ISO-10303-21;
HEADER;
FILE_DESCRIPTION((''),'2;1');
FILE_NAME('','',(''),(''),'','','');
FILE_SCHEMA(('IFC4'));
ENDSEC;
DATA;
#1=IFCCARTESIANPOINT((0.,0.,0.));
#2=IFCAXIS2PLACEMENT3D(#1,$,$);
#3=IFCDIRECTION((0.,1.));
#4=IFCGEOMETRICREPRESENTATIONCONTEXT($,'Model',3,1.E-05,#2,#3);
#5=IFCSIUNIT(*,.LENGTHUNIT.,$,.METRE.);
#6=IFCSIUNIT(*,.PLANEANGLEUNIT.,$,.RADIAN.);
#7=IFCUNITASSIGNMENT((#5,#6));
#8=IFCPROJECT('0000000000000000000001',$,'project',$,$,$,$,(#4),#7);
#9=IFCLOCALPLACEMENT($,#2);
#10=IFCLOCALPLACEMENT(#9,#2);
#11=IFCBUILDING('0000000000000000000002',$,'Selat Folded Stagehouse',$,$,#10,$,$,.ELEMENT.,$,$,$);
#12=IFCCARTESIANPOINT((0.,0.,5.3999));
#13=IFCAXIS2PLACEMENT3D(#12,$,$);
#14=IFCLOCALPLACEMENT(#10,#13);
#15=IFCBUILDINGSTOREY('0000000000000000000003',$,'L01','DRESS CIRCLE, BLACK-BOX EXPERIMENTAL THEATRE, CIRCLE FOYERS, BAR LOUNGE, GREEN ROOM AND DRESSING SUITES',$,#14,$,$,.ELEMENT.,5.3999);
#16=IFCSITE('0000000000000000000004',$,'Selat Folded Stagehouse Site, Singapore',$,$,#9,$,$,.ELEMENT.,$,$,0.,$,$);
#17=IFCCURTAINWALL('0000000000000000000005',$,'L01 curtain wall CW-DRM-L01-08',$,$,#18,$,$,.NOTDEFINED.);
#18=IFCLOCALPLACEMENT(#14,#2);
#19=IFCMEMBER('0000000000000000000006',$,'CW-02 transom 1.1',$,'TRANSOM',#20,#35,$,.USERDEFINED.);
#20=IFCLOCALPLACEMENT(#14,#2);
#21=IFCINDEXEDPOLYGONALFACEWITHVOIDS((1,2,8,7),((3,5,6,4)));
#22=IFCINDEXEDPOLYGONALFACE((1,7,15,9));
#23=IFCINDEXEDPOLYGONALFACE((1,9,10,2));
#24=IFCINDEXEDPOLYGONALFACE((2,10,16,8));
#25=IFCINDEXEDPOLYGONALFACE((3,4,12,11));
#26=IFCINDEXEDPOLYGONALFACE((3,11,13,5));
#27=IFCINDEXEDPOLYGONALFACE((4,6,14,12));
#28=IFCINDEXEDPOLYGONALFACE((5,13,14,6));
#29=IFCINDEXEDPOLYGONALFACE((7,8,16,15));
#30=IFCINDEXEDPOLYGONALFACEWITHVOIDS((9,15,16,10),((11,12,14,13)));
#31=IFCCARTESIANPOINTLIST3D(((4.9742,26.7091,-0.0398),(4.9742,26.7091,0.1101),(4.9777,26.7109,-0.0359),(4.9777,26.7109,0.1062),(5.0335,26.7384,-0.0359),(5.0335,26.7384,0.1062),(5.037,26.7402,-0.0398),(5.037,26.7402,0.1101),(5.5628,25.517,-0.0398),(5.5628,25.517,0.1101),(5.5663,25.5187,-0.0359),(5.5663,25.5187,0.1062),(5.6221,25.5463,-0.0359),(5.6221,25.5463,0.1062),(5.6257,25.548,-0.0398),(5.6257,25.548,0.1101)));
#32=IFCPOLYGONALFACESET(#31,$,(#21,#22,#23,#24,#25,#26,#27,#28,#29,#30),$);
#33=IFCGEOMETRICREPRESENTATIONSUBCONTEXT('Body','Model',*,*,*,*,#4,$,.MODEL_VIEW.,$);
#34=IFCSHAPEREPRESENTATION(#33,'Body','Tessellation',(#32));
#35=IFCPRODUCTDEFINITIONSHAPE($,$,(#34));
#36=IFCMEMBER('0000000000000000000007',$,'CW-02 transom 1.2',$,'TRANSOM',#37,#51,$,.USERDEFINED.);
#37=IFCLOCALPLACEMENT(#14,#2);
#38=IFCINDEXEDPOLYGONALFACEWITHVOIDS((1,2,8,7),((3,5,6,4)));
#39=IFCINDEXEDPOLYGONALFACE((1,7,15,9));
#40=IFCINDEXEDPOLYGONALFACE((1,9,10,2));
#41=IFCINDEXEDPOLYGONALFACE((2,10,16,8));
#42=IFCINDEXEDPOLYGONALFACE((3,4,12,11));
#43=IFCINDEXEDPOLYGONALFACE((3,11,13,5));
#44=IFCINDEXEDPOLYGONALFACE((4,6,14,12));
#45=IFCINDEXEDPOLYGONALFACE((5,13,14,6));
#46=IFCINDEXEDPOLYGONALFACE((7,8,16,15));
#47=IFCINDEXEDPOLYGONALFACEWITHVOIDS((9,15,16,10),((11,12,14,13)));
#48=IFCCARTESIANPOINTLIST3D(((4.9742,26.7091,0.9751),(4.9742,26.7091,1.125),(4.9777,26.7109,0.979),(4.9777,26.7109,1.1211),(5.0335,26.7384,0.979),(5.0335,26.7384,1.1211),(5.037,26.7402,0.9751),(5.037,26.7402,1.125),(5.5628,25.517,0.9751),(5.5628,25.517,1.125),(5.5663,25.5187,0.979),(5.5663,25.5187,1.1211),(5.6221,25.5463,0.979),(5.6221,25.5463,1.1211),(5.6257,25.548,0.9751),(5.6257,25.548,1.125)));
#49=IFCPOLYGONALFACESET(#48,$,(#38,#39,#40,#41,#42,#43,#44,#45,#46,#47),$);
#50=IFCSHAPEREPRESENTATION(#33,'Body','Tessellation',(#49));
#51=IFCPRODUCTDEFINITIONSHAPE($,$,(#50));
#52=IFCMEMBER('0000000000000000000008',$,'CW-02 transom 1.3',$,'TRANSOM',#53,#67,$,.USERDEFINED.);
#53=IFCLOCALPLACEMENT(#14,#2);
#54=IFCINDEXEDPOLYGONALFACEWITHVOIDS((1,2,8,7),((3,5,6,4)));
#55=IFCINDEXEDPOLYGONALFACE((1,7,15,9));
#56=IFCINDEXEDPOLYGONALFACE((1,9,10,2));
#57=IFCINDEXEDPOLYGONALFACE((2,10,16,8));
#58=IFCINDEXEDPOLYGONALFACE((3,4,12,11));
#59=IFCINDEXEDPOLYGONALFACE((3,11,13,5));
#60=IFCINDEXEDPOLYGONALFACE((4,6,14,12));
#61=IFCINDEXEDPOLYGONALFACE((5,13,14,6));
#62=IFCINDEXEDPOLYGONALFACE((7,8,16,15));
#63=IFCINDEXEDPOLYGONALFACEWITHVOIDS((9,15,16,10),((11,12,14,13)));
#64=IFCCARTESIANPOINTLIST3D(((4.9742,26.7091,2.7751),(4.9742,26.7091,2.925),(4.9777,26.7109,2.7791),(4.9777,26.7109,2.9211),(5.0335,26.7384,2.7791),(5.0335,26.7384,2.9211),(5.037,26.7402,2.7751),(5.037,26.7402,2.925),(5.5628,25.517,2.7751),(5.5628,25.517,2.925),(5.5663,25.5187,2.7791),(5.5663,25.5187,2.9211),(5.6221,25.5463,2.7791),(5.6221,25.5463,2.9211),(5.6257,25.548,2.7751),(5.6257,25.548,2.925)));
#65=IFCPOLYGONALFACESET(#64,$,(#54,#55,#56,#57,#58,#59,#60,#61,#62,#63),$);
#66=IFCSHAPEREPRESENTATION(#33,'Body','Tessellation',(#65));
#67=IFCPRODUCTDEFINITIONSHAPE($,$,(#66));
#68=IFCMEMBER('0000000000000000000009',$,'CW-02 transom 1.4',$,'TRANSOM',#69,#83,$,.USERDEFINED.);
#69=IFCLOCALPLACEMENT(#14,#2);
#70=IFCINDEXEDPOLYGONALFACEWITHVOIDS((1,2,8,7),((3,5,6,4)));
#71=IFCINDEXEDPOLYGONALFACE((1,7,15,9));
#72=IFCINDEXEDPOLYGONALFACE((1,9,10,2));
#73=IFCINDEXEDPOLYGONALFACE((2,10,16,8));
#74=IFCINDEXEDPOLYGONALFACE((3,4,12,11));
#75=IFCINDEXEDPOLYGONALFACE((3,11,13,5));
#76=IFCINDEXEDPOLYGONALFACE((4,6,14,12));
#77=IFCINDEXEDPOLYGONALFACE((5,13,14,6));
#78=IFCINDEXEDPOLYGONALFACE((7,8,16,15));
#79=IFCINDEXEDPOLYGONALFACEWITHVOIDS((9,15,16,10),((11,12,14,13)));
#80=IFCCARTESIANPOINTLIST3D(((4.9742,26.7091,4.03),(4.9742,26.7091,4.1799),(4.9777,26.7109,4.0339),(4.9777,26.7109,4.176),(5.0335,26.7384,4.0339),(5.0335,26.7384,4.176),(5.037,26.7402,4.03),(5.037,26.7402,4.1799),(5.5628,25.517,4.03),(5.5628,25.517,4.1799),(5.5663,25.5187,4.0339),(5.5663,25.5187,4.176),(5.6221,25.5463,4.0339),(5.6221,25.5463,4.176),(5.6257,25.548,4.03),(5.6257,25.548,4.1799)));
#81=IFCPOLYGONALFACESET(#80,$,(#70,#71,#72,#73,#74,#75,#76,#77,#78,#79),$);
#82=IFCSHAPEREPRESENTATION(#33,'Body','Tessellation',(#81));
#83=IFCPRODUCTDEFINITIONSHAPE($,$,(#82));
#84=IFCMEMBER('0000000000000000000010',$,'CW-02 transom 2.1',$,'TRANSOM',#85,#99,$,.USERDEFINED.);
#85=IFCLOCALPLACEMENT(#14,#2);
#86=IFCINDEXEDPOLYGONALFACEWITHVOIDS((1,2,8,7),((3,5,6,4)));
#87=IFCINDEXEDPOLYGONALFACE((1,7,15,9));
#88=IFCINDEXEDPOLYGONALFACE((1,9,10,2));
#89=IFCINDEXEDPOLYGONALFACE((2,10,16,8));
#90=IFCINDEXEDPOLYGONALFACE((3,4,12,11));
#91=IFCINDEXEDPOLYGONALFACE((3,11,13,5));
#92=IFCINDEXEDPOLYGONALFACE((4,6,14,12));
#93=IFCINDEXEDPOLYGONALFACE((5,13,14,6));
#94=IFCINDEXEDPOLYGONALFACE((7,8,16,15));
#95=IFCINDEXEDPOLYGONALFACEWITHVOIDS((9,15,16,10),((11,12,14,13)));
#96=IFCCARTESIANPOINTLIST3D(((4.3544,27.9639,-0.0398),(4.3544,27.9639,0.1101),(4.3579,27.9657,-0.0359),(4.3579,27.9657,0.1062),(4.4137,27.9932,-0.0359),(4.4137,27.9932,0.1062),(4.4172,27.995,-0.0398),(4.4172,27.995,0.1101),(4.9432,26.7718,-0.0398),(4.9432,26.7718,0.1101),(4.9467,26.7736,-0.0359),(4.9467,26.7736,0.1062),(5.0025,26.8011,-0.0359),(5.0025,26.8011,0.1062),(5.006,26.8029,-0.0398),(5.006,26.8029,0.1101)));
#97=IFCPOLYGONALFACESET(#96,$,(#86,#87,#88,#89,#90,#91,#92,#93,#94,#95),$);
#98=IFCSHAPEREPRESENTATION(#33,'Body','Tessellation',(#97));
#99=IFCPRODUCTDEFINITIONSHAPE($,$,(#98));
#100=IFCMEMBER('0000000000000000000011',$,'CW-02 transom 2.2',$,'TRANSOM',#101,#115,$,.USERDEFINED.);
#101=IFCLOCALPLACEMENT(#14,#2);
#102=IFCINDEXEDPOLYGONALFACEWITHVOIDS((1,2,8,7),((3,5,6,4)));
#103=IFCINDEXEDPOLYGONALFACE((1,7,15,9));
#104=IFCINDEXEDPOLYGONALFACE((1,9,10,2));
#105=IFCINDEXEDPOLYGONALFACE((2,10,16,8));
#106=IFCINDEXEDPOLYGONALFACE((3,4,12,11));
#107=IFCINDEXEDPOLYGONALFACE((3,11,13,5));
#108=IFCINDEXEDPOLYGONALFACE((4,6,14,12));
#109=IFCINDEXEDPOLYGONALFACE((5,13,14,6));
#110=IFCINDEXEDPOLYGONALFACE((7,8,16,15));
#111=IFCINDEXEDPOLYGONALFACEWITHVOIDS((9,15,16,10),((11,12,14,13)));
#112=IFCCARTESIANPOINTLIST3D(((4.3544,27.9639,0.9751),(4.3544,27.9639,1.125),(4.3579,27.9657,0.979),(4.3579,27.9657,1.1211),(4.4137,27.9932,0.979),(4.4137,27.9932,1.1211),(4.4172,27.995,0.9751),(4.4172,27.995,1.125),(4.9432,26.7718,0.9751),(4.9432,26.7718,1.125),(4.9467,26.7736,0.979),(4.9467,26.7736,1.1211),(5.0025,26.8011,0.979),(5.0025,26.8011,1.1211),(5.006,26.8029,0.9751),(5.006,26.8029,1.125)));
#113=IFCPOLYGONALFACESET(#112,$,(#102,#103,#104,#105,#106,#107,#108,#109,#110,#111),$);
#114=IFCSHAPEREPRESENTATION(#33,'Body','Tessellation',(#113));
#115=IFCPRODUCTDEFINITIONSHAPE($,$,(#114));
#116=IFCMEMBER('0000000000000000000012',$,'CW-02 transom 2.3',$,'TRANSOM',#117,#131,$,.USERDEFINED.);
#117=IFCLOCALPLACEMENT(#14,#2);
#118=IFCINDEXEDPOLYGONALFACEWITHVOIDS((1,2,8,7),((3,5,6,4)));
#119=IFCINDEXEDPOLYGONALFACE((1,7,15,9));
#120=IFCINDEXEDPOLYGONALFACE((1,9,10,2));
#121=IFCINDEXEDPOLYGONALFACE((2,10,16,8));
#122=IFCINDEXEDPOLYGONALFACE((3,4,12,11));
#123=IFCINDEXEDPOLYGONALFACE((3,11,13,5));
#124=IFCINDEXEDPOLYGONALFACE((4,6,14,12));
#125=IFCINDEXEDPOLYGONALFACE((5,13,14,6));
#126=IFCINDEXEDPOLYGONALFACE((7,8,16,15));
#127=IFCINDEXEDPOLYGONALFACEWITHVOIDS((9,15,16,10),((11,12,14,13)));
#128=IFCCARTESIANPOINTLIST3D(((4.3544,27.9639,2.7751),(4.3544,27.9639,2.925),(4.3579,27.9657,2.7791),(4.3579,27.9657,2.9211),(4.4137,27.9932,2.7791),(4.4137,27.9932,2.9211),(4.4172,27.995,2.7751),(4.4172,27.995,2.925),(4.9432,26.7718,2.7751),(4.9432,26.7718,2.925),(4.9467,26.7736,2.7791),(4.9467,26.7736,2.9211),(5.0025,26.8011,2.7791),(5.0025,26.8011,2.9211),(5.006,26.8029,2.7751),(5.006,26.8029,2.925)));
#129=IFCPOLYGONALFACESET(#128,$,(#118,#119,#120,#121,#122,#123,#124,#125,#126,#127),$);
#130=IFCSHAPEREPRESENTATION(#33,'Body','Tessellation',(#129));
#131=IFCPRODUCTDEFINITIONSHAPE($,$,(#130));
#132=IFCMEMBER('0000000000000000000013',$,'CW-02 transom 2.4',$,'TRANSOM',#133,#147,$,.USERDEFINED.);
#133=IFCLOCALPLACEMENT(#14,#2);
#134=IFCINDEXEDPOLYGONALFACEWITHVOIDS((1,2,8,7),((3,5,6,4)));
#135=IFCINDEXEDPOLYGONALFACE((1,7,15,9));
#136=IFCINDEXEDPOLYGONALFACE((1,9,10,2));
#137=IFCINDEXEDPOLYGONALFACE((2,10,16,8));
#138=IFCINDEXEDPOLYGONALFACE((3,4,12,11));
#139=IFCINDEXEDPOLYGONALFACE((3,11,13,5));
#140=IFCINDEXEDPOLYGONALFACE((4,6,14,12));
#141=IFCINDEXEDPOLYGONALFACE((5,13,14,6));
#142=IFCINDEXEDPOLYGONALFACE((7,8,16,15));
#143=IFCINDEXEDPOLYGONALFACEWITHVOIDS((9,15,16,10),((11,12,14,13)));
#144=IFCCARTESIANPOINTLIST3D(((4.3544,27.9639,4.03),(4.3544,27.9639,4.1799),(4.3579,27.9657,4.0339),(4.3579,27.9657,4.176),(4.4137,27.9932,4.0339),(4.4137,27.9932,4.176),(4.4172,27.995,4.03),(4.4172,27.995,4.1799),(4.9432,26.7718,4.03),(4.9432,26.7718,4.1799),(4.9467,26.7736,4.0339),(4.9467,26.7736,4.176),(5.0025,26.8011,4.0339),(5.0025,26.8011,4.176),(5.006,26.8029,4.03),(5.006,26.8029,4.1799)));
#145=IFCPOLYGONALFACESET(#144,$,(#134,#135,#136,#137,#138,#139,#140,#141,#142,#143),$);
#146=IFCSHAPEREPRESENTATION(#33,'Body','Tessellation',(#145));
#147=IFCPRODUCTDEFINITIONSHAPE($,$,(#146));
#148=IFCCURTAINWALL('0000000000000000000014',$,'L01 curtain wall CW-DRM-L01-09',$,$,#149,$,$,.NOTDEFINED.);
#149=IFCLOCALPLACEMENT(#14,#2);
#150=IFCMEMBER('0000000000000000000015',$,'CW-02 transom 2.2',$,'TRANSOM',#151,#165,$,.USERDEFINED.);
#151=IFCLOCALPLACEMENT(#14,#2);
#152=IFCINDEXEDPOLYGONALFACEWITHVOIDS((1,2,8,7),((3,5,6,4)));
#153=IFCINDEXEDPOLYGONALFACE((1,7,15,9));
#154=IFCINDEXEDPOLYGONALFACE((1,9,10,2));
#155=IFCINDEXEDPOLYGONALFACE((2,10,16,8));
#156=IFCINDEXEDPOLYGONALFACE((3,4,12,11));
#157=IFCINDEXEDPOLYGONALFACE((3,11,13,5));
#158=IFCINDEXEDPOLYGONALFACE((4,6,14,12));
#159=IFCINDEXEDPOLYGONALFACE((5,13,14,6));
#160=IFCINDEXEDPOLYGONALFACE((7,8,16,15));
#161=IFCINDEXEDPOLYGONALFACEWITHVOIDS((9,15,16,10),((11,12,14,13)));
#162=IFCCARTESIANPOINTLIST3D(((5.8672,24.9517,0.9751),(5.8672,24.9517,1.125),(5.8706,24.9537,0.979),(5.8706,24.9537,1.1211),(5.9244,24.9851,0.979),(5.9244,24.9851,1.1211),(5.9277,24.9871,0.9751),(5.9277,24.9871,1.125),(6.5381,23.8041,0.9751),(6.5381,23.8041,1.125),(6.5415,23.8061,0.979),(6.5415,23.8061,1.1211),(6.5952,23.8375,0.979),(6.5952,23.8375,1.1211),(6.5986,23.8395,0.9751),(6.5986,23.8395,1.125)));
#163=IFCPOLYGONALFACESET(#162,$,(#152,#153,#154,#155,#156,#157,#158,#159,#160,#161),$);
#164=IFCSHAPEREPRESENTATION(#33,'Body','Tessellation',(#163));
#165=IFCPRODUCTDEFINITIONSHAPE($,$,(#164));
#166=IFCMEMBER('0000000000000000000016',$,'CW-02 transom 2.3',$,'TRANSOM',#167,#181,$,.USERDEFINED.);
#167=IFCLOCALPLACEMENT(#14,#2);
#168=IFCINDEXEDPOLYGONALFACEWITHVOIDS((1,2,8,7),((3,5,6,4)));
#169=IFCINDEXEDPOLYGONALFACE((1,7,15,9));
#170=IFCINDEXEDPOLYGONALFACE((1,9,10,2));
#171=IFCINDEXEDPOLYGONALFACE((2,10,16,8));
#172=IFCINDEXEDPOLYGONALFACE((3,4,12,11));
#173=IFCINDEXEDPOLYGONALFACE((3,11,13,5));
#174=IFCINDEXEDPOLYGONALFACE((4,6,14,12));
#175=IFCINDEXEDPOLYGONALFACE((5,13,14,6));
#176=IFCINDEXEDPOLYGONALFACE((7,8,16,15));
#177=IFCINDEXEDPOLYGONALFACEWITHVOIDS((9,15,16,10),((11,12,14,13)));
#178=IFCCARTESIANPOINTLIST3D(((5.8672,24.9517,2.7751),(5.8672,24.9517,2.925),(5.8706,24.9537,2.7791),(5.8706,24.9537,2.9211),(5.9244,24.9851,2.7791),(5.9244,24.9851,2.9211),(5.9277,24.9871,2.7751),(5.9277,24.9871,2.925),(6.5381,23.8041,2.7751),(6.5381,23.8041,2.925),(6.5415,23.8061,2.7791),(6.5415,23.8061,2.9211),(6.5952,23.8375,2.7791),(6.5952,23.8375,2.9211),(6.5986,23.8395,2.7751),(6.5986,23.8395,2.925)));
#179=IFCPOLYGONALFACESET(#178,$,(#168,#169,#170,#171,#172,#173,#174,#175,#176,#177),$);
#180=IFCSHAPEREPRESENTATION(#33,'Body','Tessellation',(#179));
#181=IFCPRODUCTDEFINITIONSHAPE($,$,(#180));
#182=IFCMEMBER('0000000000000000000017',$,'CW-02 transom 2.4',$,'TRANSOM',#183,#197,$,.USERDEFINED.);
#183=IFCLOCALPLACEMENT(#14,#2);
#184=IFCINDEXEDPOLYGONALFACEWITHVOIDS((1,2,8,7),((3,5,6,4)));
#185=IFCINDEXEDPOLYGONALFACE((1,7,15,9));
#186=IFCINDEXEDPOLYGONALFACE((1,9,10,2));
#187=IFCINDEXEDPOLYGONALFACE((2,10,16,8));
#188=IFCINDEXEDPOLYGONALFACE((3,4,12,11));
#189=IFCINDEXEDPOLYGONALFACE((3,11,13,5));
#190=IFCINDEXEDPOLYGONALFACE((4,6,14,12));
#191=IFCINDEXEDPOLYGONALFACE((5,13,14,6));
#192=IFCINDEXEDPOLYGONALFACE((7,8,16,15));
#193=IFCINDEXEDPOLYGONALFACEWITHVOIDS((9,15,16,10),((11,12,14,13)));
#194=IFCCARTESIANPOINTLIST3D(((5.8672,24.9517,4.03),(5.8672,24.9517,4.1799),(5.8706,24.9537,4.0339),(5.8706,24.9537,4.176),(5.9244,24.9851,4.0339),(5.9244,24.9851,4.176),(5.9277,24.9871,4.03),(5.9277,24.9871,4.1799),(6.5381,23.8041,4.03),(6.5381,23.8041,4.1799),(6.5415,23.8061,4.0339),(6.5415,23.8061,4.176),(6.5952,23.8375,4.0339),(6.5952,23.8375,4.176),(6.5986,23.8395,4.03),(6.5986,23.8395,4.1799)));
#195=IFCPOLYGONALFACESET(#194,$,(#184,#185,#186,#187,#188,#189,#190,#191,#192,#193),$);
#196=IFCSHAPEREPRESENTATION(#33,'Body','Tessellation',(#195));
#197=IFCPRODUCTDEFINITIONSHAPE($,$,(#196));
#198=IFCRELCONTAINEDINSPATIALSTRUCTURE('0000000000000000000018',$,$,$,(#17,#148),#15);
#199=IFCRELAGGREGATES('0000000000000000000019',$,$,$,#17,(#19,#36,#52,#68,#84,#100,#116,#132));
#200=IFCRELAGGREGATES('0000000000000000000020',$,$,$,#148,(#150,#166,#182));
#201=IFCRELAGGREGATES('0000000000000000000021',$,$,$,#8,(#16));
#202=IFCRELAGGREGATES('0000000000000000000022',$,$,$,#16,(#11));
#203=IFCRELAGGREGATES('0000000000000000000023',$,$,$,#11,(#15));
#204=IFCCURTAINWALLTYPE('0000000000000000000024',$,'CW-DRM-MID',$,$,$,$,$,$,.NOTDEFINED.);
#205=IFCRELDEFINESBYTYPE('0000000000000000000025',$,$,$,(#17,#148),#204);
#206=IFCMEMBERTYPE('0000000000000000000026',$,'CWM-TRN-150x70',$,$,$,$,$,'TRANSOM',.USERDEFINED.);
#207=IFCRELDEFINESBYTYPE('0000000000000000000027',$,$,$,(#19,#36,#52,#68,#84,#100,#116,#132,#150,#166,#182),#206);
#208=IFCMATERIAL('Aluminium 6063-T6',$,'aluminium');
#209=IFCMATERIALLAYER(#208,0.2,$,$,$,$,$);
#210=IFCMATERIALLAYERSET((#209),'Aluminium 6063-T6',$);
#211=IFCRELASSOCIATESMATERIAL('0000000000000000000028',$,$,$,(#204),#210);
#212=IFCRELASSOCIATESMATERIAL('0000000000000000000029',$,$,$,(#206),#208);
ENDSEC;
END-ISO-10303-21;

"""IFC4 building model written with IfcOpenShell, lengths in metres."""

from ifc_helpers import new_model, si_unit, direction, frame, origin, origin_2d, place, context, subcontext, project, spatial, hollow_rectangle, extrude, material, layer, layer_set, material_profile, profile_set, type_object, element, aggregate, save


model = new_model("IFC4")

# Units and contexts
model_context = context("Model", 3, precision=1e-05, world=origin(), true_north=direction((0.0, 1.0)))
body_context = subcontext(model_context, "Body", "Model", "MODEL_VIEW")
ifc_project = project(units=[si_unit("LENGTHUNIT", "METRE"), si_unit("PLANEANGLEUNIT", "RADIAN")], contexts=[model_context])

# Site, building, storey
site_placement = place(None, origin())
site = spatial("IfcSite", under=ifc_project, at=site_placement, Name="Selat Folded Stagehouse Site, Singapore", CompositionType="ELEMENT", RefElevation=0.0)
building_placement = place(site_placement, origin())
building = spatial("IfcBuilding", under=site, at=building_placement, Name="Selat Folded Stagehouse", CompositionType="ELEMENT")
storey_placement = place(building_placement, frame((0.0, 0.0, 5.3999)))
storey = spatial("IfcBuildingStorey", under=building, at=storey_placement, Name="L01", Description="DRESS CIRCLE, BLACK-BOX EXPERIMENTAL THEATRE, CIRCLE FOYERS, BAR LOUNGE, GREEN ROOM AND DRESSING SUITES", CompositionType="ELEMENT", Elevation=5.3999)

# Curtain walls, members
ifc_material_1 = material(Name="Aluminium 6063-T6", Category="aluminium")
ifc_layer_1 = layer(ifc_material_1, 0.2)
ifc_layer_set_1 = layer_set([ifc_layer_1], Name="Aluminium 6063-T6")
curtain_wall_type = type_object("IfcCurtainWallType", Name="CW-DRM-MID", PredefinedType="NOTDEFINED", material=ifc_layer_set_1)
curtain_wall_1_placement = place(storey_placement, origin())
curtain_wall_1 = element("IfcCurtainWall", 1, at=curtain_wall_1_placement, inside=storey, type_object=curtain_wall_type, Name="L01 curtain wall CW-DRM-L01-08", PredefinedType="NOTDEFINED")
ifc_material_profile_1 = material_profile(ifc_material_1, hollow_rectangle(XDim=0.0701, YDim=0.1499, WallThickness=0.0039, at=origin_2d()), Name="ALU 150x70x4.0")
ifc_profile_set_1 = profile_set([ifc_material_profile_1], Name="Aluminium 6063-T6")
member_type = type_object("IfcMemberType", Name="CWM-TRN-150x70", ElementType="TRANSOM", PredefinedType="USERDEFINED", material=ifc_profile_set_1)
member_1_placement = place(storey_placement, frame((5.5942, 25.5325, 0.0352), z_axis=(-0.442727, 0.896656, 0.0), x_axis=(-0.896656, -0.442727, 0.0)))
member_1 = element("IfcMember", 2, at=member_1_placement, type_object=member_type, Name="CW-02 transom 1.1", ObjectType="TRANSOM", PredefinedType="USERDEFINED", context=body_context, shape_type="SweptSolid", body=[
    extrude(hollow_rectangle(XDim=0.0701, YDim=0.1499, WallThickness=0.0039, at=origin_2d()), origin(), (0.0, 0.0, 1.0), 1.3296),
])
member_2_placement = place(storey_placement, frame((5.5942, 25.5325, 1.05), z_axis=(-0.442727, 0.896656, 0.0), x_axis=(-0.896656, -0.442727, 0.0)))
member_2 = element("IfcMember", 3, at=member_2_placement, type_object=member_type, Name="CW-02 transom 1.2", ObjectType="TRANSOM", PredefinedType="USERDEFINED", context=body_context, shape_type="SweptSolid", body=[
    extrude(hollow_rectangle(XDim=0.0701, YDim=0.1499, WallThickness=0.0039, at=origin_2d()), origin(), (0.0, 0.0, 1.0), 1.3296),
])
member_3_placement = place(storey_placement, frame((5.5942, 25.5325, 2.8501), z_axis=(-0.442727, 0.896656, 0.0), x_axis=(-0.896656, -0.442727, 0.0)))
member_3 = element("IfcMember", 4, at=member_3_placement, type_object=member_type, Name="CW-02 transom 1.3", ObjectType="TRANSOM", PredefinedType="USERDEFINED", context=body_context, shape_type="SweptSolid", body=[
    extrude(hollow_rectangle(XDim=0.0701, YDim=0.1499, WallThickness=0.0039, at=origin_2d()), origin(), (0.0, 0.0, 1.0), 1.3296),
])
member_4_placement = place(storey_placement, frame((5.5942, 25.5325, 4.105), z_axis=(-0.442727, 0.896656, 0.0), x_axis=(-0.896656, -0.442727, 0.0)))
member_4 = element("IfcMember", 5, at=member_4_placement, type_object=member_type, Name="CW-02 transom 1.4", ObjectType="TRANSOM", PredefinedType="USERDEFINED", context=body_context, shape_type="SweptSolid", body=[
    extrude(hollow_rectangle(XDim=0.0701, YDim=0.1499, WallThickness=0.0039, at=origin_2d()), origin(), (0.0, 0.0, 1.0), 1.3296),
])
member_5_placement = place(storey_placement, frame((4.9746, 26.7874, 0.0352), z_axis=(-0.442875, 0.896583, 0.0), x_axis=(-0.896583, -0.442875, 0.0)))
member_5 = element("IfcMember", 6, at=member_5_placement, type_object=member_type, Name="CW-02 transom 2.1", ObjectType="TRANSOM", PredefinedType="USERDEFINED", context=body_context, shape_type="SweptSolid", body=[
    extrude(hollow_rectangle(XDim=0.0701, YDim=0.1499, WallThickness=0.0039, at=origin_2d()), origin(), (0.0, 0.0, 1.0), 1.3296),
])
member_6_placement = place(storey_placement, frame((4.9746, 26.7874, 1.05), z_axis=(-0.442875, 0.896583, 0.0), x_axis=(-0.896583, -0.442875, 0.0)))
member_6 = element("IfcMember", 7, at=member_6_placement, type_object=member_type, Name="CW-02 transom 2.2", ObjectType="TRANSOM", PredefinedType="USERDEFINED", context=body_context, shape_type="SweptSolid", body=[
    extrude(hollow_rectangle(XDim=0.0701, YDim=0.1499, WallThickness=0.0039, at=origin_2d()), origin(), (0.0, 0.0, 1.0), 1.3296),
])
member_7_placement = place(storey_placement, frame((4.9746, 26.7874, 2.8501), z_axis=(-0.442875, 0.896583, 0.0), x_axis=(-0.896583, -0.442875, 0.0)))
member_7 = element("IfcMember", 8, at=member_7_placement, type_object=member_type, Name="CW-02 transom 2.3", ObjectType="TRANSOM", PredefinedType="USERDEFINED", context=body_context, shape_type="SweptSolid", body=[
    extrude(hollow_rectangle(XDim=0.0701, YDim=0.1499, WallThickness=0.0039, at=origin_2d()), origin(), (0.0, 0.0, 1.0), 1.3296),
])
member_8_placement = place(storey_placement, frame((4.9746, 26.7874, 4.105), z_axis=(-0.442875, 0.896583, 0.0), x_axis=(-0.896583, -0.442875, 0.0)))
member_8 = element("IfcMember", 9, at=member_8_placement, type_object=member_type, Name="CW-02 transom 2.4", ObjectType="TRANSOM", PredefinedType="USERDEFINED", context=body_context, shape_type="SweptSolid", body=[
    extrude(hollow_rectangle(XDim=0.0701, YDim=0.1499, WallThickness=0.0039, at=origin_2d()), origin(), (0.0, 0.0, 1.0), 1.3296),
])
curtain_wall_2_placement = place(storey_placement, origin())
curtain_wall_2 = element("IfcCurtainWall", 10, at=curtain_wall_2_placement, inside=storey, type_object=curtain_wall_type, Name="L01 curtain wall CW-DRM-L01-09", PredefinedType="NOTDEFINED")
member_9_placement = place(storey_placement, frame((6.5684, 23.8218, 1.05), z_axis=(-0.504659, 0.863319, 0.0), x_axis=(-0.863319, -0.504659, 0.0)))
member_9 = element("IfcMember", 11, at=member_9_placement, type_object=member_type, Name="CW-02 transom 2.2", ObjectType="TRANSOM", PredefinedType="USERDEFINED", context=body_context, shape_type="SweptSolid", body=[
    extrude(hollow_rectangle(XDim=0.0701, YDim=0.1499, WallThickness=0.0039, at=origin_2d()), origin(), (0.0, 0.0, 1.0), 1.3293),
])
member_10_placement = place(storey_placement, frame((6.5684, 23.8218, 2.8501), z_axis=(-0.504659, 0.863319, 0.0), x_axis=(-0.863319, -0.504659, 0.0)))
member_10 = element("IfcMember", 12, at=member_10_placement, type_object=member_type, Name="CW-02 transom 2.3", ObjectType="TRANSOM", PredefinedType="USERDEFINED", context=body_context, shape_type="SweptSolid", body=[
    extrude(hollow_rectangle(XDim=0.0701, YDim=0.1499, WallThickness=0.0039, at=origin_2d()), origin(), (0.0, 0.0, 1.0), 1.3293),
])
member_11_placement = place(storey_placement, frame((6.5684, 23.8218, 4.105), z_axis=(-0.504659, 0.863319, 0.0), x_axis=(-0.863319, -0.504659, 0.0)))
member_11 = element("IfcMember", 13, at=member_11_placement, type_object=member_type, Name="CW-02 transom 2.4", ObjectType="TRANSOM", PredefinedType="USERDEFINED", context=body_context, shape_type="SweptSolid", body=[
    extrude(hollow_rectangle(XDim=0.0701, YDim=0.1499, WallThickness=0.0039, at=origin_2d()), origin(), (0.0, 0.0, 1.0), 1.3293),
])

aggregate(curtain_wall_1, [member_1, member_2, member_3, member_4, member_5, member_6, member_7, member_8])
aggregate(curtain_wall_2, [member_9, member_10, member_11])

save(model, "model.ifc")
